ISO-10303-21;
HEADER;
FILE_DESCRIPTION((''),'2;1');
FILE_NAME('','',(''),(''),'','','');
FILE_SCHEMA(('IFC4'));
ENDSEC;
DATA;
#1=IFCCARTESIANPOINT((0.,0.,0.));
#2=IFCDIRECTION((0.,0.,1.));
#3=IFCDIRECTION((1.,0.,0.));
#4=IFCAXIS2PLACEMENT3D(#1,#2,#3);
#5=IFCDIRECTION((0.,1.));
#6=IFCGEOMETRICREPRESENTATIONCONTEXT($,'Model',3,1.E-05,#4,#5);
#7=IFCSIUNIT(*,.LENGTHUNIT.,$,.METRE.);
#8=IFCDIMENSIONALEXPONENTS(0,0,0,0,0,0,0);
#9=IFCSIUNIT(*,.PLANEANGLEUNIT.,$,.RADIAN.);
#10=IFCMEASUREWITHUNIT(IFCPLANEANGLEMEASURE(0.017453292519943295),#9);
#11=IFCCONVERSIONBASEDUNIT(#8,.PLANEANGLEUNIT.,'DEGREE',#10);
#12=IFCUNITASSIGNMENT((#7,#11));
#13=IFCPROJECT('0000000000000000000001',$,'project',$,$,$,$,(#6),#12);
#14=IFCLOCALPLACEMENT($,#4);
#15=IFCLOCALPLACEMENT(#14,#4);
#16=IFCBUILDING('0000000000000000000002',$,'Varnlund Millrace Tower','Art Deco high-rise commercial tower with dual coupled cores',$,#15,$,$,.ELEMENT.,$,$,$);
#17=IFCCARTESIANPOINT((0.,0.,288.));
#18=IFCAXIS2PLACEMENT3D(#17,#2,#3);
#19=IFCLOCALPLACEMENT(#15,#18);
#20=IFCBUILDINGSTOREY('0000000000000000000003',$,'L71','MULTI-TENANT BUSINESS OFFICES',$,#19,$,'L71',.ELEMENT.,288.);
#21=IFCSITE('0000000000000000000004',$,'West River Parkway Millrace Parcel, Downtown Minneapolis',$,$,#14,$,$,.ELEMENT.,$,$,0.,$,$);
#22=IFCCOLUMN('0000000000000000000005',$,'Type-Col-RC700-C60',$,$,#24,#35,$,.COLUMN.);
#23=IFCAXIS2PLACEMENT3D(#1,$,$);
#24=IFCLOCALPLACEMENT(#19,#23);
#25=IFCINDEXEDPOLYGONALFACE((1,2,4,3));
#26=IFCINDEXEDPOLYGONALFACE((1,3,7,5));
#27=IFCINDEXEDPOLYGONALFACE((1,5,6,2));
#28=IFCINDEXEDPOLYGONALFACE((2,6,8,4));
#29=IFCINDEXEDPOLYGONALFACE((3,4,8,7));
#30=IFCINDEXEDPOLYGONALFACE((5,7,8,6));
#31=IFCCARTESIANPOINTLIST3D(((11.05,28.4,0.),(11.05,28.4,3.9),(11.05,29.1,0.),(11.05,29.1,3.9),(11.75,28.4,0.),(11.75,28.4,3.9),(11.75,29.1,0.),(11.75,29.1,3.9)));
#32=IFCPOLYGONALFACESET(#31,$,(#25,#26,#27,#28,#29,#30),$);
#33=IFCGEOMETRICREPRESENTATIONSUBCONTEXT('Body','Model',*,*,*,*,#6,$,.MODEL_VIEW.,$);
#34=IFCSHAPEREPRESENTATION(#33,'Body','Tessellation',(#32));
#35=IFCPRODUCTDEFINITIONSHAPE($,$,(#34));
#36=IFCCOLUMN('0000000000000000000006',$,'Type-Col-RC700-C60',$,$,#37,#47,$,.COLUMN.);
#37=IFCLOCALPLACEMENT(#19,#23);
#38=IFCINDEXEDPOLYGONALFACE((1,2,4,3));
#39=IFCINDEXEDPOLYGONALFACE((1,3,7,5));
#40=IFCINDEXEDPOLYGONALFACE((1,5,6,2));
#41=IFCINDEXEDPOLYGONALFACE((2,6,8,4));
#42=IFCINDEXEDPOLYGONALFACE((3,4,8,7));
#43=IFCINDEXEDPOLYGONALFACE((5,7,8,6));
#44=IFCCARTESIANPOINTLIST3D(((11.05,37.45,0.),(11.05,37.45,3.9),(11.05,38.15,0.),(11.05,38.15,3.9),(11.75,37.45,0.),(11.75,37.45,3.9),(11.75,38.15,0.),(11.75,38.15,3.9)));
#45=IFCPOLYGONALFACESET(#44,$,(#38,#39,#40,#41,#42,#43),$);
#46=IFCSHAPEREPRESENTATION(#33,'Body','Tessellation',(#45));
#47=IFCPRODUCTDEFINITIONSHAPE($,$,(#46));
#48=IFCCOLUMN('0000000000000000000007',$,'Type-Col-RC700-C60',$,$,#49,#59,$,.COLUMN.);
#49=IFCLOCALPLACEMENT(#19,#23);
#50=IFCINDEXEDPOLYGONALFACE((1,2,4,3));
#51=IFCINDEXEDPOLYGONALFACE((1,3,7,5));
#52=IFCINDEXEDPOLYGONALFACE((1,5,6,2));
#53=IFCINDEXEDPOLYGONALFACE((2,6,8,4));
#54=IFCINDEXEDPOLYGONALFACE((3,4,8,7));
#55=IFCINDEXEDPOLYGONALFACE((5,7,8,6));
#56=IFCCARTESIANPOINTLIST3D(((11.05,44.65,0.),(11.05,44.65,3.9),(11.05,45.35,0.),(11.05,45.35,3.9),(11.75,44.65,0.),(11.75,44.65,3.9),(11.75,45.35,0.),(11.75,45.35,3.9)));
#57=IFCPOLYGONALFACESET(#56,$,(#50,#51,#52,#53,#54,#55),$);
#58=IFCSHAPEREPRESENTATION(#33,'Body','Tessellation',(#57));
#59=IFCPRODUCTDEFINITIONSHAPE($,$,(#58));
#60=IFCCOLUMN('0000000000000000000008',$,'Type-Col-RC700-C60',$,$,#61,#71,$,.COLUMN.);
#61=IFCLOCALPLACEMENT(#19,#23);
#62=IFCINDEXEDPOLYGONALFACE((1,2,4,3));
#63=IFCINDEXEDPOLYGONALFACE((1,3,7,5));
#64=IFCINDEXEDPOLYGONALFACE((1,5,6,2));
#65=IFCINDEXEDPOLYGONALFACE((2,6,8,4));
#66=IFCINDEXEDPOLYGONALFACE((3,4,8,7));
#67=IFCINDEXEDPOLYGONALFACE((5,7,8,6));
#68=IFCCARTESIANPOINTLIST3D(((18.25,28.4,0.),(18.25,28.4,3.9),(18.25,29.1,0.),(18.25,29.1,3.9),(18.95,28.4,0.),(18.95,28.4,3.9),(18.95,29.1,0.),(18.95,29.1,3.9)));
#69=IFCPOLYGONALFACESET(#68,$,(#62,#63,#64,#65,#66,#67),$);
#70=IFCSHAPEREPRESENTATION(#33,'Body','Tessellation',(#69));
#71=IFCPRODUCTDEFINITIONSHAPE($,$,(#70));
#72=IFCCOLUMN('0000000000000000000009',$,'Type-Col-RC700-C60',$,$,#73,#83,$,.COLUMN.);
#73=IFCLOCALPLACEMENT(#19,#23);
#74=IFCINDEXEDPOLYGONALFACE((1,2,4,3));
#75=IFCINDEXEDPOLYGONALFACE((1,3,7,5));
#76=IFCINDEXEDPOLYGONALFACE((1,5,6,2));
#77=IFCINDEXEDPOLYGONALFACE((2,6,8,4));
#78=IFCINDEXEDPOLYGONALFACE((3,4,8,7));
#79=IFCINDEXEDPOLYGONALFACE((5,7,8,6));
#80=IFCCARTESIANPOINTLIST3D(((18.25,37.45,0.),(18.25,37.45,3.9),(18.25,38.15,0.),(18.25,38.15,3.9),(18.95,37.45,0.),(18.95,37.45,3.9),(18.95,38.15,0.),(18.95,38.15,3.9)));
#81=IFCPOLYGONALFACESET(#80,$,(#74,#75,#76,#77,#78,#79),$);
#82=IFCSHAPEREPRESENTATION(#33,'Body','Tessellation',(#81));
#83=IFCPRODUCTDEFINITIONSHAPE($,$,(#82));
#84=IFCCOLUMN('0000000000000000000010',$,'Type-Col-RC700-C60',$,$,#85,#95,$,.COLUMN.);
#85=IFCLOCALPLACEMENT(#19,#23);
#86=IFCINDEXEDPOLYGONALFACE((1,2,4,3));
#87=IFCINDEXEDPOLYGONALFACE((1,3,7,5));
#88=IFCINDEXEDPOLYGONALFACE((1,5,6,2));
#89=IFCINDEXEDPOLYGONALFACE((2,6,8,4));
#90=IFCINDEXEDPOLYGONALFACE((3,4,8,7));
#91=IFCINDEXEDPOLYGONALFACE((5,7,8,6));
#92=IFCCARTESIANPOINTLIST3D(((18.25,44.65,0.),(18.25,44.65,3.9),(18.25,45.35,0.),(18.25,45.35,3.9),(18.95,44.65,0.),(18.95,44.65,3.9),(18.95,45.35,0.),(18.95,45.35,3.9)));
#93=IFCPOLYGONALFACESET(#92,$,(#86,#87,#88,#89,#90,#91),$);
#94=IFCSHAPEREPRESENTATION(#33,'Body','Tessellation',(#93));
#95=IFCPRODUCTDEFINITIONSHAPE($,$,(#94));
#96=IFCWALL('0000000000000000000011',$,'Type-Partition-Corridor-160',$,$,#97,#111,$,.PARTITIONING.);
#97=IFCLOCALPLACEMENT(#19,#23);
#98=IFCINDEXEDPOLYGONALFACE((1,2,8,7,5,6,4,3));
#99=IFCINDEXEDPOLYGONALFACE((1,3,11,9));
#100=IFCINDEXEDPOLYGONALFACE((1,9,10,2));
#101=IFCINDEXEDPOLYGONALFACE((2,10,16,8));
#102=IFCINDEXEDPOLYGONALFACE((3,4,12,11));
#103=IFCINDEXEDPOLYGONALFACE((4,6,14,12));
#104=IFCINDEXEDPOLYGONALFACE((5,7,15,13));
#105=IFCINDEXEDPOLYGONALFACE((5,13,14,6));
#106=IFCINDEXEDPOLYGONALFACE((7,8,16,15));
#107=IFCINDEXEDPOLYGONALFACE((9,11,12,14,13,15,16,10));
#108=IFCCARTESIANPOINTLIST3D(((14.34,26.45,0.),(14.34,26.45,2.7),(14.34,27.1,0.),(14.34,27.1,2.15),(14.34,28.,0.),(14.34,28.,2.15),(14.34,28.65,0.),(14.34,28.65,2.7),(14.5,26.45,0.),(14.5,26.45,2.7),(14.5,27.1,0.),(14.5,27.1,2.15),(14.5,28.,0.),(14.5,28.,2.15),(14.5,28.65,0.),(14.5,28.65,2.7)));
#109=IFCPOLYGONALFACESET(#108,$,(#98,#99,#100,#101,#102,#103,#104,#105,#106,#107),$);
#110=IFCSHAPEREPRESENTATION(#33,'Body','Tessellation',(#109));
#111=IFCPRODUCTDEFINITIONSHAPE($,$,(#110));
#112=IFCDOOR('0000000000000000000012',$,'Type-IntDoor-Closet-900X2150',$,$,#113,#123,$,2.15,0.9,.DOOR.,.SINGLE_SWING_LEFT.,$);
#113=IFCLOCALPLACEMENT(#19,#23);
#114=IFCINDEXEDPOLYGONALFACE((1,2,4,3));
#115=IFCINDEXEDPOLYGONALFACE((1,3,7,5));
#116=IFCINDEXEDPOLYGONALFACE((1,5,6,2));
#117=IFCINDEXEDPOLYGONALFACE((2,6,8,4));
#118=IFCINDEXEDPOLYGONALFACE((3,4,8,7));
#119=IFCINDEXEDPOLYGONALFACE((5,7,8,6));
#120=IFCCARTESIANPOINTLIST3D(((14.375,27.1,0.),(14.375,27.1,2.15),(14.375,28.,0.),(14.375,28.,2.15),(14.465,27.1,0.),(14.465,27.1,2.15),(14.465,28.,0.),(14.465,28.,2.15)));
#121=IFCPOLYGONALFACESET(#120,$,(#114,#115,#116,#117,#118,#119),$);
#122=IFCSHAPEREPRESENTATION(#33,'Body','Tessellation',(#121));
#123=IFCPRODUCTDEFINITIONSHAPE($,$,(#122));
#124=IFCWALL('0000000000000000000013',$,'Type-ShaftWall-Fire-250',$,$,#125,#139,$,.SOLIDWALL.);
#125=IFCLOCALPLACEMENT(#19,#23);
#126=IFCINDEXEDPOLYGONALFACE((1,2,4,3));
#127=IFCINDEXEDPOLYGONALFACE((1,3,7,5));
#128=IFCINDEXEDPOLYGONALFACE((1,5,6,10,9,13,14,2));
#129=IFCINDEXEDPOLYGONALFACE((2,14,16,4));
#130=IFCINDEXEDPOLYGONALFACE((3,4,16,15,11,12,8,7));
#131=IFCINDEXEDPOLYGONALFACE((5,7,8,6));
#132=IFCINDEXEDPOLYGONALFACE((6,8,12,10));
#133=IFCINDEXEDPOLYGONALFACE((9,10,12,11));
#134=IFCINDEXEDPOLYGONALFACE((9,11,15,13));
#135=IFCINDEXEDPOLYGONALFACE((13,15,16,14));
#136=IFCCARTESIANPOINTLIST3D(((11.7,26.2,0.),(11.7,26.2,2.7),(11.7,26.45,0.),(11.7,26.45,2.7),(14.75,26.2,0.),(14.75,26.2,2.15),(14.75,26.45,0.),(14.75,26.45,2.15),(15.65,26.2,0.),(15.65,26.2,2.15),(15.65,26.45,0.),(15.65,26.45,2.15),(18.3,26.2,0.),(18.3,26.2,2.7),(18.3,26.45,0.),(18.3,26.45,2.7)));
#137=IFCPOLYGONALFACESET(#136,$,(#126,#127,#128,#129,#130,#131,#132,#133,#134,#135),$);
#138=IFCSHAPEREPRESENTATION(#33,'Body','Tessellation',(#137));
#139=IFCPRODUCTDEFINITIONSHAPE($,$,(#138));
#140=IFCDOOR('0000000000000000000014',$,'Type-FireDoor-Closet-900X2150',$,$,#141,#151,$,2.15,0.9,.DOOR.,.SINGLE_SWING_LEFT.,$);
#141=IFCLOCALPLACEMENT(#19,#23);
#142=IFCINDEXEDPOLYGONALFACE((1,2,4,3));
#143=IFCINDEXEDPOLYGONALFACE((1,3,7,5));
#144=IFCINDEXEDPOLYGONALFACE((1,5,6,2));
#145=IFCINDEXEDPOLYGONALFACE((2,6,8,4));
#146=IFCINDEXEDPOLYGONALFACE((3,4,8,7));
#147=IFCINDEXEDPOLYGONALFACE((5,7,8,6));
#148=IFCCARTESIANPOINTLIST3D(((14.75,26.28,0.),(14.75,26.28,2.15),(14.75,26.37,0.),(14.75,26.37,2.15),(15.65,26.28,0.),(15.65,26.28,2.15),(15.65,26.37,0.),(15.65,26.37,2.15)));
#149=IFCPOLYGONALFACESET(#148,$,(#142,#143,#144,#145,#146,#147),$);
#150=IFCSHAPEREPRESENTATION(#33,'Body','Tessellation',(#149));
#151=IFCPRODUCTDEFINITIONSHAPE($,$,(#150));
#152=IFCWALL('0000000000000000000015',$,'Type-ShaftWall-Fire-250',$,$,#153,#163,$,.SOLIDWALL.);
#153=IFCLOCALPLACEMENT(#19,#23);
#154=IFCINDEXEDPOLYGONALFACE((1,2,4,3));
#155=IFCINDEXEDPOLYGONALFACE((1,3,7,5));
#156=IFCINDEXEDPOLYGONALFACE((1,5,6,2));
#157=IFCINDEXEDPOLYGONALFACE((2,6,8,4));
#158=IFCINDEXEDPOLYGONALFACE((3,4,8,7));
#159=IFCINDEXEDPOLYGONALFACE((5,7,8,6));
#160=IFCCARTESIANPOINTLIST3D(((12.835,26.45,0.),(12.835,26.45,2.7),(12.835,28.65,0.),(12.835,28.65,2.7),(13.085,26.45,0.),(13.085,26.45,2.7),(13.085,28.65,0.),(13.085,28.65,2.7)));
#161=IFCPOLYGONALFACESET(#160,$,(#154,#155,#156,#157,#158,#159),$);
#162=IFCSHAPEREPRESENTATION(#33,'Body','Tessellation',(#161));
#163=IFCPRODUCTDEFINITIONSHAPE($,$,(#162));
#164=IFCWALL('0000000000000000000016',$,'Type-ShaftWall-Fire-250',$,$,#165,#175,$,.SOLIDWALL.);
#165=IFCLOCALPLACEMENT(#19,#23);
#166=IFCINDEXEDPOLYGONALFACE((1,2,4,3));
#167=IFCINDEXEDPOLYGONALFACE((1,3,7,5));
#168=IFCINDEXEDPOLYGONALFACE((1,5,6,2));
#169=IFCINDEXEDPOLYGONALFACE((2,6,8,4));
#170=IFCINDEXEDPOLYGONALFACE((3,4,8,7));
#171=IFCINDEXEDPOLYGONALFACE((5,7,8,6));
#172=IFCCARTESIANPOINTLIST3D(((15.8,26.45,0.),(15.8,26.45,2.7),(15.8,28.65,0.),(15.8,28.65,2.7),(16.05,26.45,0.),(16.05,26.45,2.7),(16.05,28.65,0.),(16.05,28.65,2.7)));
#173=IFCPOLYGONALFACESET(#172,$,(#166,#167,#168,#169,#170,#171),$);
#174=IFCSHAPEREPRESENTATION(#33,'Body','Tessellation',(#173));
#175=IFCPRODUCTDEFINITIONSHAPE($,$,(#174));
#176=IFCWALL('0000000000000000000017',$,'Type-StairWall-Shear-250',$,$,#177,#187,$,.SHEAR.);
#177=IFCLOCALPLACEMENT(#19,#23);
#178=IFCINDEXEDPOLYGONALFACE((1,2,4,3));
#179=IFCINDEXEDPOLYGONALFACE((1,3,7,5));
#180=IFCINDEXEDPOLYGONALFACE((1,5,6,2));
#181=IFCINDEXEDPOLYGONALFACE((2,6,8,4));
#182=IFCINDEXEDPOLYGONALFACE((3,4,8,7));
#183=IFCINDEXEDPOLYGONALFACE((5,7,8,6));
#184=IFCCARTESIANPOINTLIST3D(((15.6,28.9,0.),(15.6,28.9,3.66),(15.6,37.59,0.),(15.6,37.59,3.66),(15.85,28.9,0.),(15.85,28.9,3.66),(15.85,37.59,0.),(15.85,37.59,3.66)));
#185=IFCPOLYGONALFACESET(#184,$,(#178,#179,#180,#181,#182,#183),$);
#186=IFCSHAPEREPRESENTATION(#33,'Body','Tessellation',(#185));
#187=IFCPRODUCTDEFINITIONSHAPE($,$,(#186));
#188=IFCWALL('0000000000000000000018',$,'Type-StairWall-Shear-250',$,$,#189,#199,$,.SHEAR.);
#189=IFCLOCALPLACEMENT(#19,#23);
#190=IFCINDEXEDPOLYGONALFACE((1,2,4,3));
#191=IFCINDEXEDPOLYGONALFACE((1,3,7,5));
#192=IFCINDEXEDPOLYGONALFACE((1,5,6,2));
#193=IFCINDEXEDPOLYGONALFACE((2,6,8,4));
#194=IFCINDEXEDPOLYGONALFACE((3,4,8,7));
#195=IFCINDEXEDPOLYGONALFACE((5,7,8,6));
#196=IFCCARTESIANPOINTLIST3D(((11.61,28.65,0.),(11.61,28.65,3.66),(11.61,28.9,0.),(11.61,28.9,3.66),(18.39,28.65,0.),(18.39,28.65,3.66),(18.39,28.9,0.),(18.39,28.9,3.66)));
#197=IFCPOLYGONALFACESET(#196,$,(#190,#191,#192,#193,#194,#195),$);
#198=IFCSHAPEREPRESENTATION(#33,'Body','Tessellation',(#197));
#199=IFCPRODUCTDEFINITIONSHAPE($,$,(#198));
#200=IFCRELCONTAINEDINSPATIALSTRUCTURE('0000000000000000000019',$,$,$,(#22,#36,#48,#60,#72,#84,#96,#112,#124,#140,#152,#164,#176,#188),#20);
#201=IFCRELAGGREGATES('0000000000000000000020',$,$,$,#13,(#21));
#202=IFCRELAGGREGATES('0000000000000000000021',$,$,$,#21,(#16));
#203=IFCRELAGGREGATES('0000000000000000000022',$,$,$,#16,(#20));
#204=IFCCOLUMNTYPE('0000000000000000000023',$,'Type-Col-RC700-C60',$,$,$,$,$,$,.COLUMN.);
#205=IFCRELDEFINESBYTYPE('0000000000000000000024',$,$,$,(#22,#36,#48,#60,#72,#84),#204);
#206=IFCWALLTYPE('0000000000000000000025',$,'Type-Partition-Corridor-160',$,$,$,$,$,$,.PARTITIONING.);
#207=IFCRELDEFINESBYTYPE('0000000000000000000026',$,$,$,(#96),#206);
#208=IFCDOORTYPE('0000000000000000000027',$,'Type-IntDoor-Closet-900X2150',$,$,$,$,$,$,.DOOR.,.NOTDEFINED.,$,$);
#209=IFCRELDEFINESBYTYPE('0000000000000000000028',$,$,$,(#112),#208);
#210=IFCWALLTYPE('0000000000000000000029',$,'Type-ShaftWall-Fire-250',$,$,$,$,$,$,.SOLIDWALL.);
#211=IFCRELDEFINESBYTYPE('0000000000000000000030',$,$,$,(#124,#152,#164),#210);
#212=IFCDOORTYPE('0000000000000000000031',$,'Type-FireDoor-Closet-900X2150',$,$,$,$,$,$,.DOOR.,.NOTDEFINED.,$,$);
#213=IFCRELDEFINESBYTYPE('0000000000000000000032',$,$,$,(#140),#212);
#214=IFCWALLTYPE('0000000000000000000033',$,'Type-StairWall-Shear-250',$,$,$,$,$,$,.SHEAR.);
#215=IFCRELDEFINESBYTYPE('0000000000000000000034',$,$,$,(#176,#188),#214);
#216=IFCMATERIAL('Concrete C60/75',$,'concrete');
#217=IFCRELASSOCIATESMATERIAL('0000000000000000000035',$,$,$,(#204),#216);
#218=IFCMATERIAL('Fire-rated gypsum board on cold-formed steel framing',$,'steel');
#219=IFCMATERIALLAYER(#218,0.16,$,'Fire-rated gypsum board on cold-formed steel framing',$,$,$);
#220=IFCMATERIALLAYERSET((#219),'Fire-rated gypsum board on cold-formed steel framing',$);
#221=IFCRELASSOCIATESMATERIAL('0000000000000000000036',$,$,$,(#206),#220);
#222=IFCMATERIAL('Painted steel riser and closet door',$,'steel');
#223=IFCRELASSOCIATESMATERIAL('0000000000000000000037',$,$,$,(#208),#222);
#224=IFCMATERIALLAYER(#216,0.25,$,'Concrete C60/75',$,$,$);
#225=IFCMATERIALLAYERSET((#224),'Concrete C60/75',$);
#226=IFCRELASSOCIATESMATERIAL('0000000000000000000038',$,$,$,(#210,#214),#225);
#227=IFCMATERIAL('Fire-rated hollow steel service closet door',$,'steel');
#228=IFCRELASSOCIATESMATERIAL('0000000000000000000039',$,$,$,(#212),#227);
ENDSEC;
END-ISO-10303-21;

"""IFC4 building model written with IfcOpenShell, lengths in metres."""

from ifc_helpers import new_model, entity, si_unit, converted_unit, direction, frame, origin_with_axes, origin_2d_with_axis, place, context, subcontext, project, spatial, polyline, rectangle, outline, extrude, material, layer, layer_set, material_profile, profile_set, type_object, element, fill, save


model = new_model("IFC4")

# Units and contexts
model_context = context("Model", 3, precision=1e-05, world=origin_with_axes(), true_north=direction((0.0, 1.0)))
body_context = subcontext(model_context, "Body", "Model", "MODEL_VIEW")
ifc_project = project(units=[si_unit("LENGTHUNIT", "METRE"), converted_unit("PLANEANGLEUNIT", "DEGREE", entity("IfcPlaneAngleMeasure", 0.017453292519943295), si_unit("PLANEANGLEUNIT", "RADIAN"), dimensions=[0, 0, 0, 0, 0, 0, 0])], contexts=[model_context])

# Site, building, storey
site_placement = place(None, origin_with_axes())
site = spatial("IfcSite", under=ifc_project, at=site_placement, Name="West River Parkway Millrace Parcel, Downtown Minneapolis", CompositionType="ELEMENT", RefElevation=0.0)
building_placement = place(site_placement, origin_with_axes())
building = spatial("IfcBuilding", under=site, at=building_placement, Name="Varnlund Millrace Tower", Description="Art Deco high-rise commercial tower with dual coupled cores", CompositionType="ELEMENT")
storey_placement = place(building_placement, frame((0.0, 0.0, 288.0), z_axis=(0.0, 0.0, 1.0), x_axis=(1.0, 0.0, 0.0)))
storey = spatial("IfcBuildingStorey", under=building, at=storey_placement, Name="L71", Description="MULTI-TENANT BUSINESS OFFICES", LongName="L71", CompositionType="ELEMENT", Elevation=288.0)

# Columns
ifc_material_1 = material(Name="Concrete C60/75", Category="concrete")
ifc_material_profile = material_profile(ifc_material_1, rectangle(XDim=0.7, YDim=0.7, at=origin_2d_with_axis()), Name="Concrete C60/75")
ifc_profile_set = profile_set([ifc_material_profile], Name="Concrete C60/75")
column_type = type_object("IfcColumnType", Name="Type-Col-RC700-C60", PredefinedType="COLUMN", material=ifc_profile_set)
for number, where, z_axis, x_axis, name in (
    (1, (11.4, 28.75, 0.0), (0.0, 0.0, 1.0), (1.0, 0.0, 0.0), "Type-Col-RC700-C60"),
    (2, (11.4, 37.8, 0.0), (0.0, 0.0, 1.0), (1.0, 0.0, 0.0), "Type-Col-RC700-C60"),
    (3, (11.4, 45.0, 0.0), (0.0, 0.0, 1.0), (1.0, 0.0, 0.0), "Type-Col-RC700-C60"),
    (4, (18.6, 28.75, 0.0), (0.0, 0.0, 1.0), (1.0, 0.0, 0.0), "Type-Col-RC700-C60"),
    (5, (18.6, 37.8, 0.0), (0.0, 0.0, 1.0), (1.0, 0.0, 0.0), "Type-Col-RC700-C60"),
    (6, (18.6, 45.0, 0.0), (0.0, 0.0, 1.0), (1.0, 0.0, 0.0), "Type-Col-RC700-C60"),
):
    element("IfcColumn", number, at=place(storey_placement, frame(where, z_axis=z_axis, x_axis=x_axis)), inside=storey, type_object=column_type, Name=name, PredefinedType="COLUMN", context=body_context, shape_type="SweptSolid", body=[
        extrude(rectangle(XDim=0.7, YDim=0.7, at=origin_2d_with_axis()), origin_with_axes(), (0.0, 0.0, 1.0), 3.9),
    ])

# Walls, openings, doors
ifc_material_2 = material(Name="Fire-rated gypsum board on cold-formed steel framing", Category="steel")
ifc_layer_1 = layer(ifc_material_2, 0.16, Name="Fire-rated gypsum board on cold-formed steel framing")
ifc_layer_set_1 = layer_set([ifc_layer_1], Name="Fire-rated gypsum board on cold-formed steel framing")
wall_type_1 = type_object("IfcWallType", Name="Type-Partition-Corridor-160", PredefinedType="PARTITIONING", material=ifc_layer_set_1)
wall_1_placement = place(storey_placement, frame((14.42, 26.45, 0.0), z_axis=(0.0, 0.0, 1.0), x_axis=(0.0, 1.0, 0.0)))
wall_1 = element("IfcWall", 7, at=wall_1_placement, inside=storey, type_object=wall_type_1, Name="Type-Partition-Corridor-160", PredefinedType="PARTITIONING", context=body_context, shape_type="SweptSolid", body=[
    extrude(outline(polyline([(0.0, -0.08), (2.2, -0.08), (2.2, 0.08), (0.0, 0.08), (0.0, -0.08)])), origin_with_axes(), (0.0, 0.0, 1.0), 2.7),
])
opening_1_placement = place(wall_1_placement, frame((1.1, 0.0, 0.0), z_axis=(0.0, 0.0, 1.0), x_axis=(1.0, 0.0, 0.0)))
opening_1 = element("IfcOpeningElement", 8, at=opening_1_placement, cuts=wall_1, PredefinedType="OPENING", context=body_context, shape_type="SweptSolid", body=[
    extrude(rectangle(XDim=0.9, YDim=0.18, at=origin_2d_with_axis()), origin_with_axes(), (0.0, 0.0, 1.0), 2.15),
])
ifc_material_3 = material(Name="Painted steel riser and closet door", Category="steel")
door_type_1 = type_object("IfcDoorType", Name="Type-IntDoor-Closet-900X2150", OperationType="NOTDEFINED", PredefinedType="DOOR", material=ifc_material_3)
door_1_placement = place(wall_1_placement, frame((1.1, 0.0, 0.0), z_axis=(0.0, 0.0, 1.0), x_axis=(1.0, 0.0, 0.0)))
door_1 = element("IfcDoor", 9, at=door_1_placement, inside=storey, type_object=door_type_1, Name="Type-IntDoor-Closet-900X2150", OperationType="SINGLE_SWING_LEFT", OverallHeight=2.15, OverallWidth=0.9, PredefinedType="DOOR", context=body_context, shape_type="SweptSolid", body=[
    extrude(rectangle(XDim=0.9, YDim=0.09, at=origin_2d_with_axis()), origin_with_axes(), (0.0, 0.0, 1.0), 2.15),
])
fill(opening_1, door_1)
ifc_layer_2 = layer(ifc_material_1, 0.25, Name="Concrete C60/75")
ifc_layer_set_2 = layer_set([ifc_layer_2], Name="Concrete C60/75")
wall_type_2 = type_object("IfcWallType", Name="Type-ShaftWall-Fire-250", PredefinedType="SOLIDWALL", material=ifc_layer_set_2)
wall_2_placement = place(storey_placement, frame((11.7, 26.325, 0.0), z_axis=(0.0, 0.0, 1.0), x_axis=(1.0, 0.0, 0.0)))
wall_2 = element("IfcWall", 10, at=wall_2_placement, inside=storey, type_object=wall_type_2, Name="Type-ShaftWall-Fire-250", PredefinedType="SOLIDWALL", context=body_context, shape_type="SweptSolid", body=[
    extrude(outline(polyline([(0.0, -0.125), (6.6, -0.125), (6.6, 0.125), (0.0, 0.125), (0.0, -0.125)])), origin_with_axes(), (0.0, 0.0, 1.0), 2.7),
])
opening_2_placement = place(wall_2_placement, frame((3.5, 0.0, 0.0), z_axis=(0.0, 0.0, 1.0), x_axis=(1.0, 0.0, 0.0)))
opening_2 = element("IfcOpeningElement", 11, at=opening_2_placement, cuts=wall_2, PredefinedType="OPENING", context=body_context, shape_type="SweptSolid", body=[
    extrude(rectangle(XDim=0.9, YDim=0.27, at=origin_2d_with_axis()), origin_with_axes(), (0.0, 0.0, 1.0), 2.15),
])
ifc_material_4 = material(Name="Fire-rated hollow steel service closet door", Category="steel")
door_type_2 = type_object("IfcDoorType", Name="Type-FireDoor-Closet-900X2150", OperationType="NOTDEFINED", PredefinedType="DOOR", material=ifc_material_4)
door_2_placement = place(wall_2_placement, frame((3.5, 0.0, 0.0), z_axis=(0.0, 0.0, 1.0), x_axis=(1.0, 0.0, 0.0)))
door_2 = element("IfcDoor", 12, at=door_2_placement, inside=storey, type_object=door_type_2, Name="Type-FireDoor-Closet-900X2150", OperationType="SINGLE_SWING_LEFT", OverallHeight=2.15, OverallWidth=0.9, PredefinedType="DOOR", context=body_context, shape_type="SweptSolid", body=[
    extrude(rectangle(XDim=0.9, YDim=0.09, at=origin_2d_with_axis()), origin_with_axes(), (0.0, 0.0, 1.0), 2.15),
])
fill(opening_2, door_2)

# Walls
for number, where, z_axis, x_axis, name in (
    (13, (12.96, 26.45, 0.0), (0.0, 0.0, 1.0), (0.0, 1.0, 0.0), "Type-ShaftWall-Fire-250"),
    (14, (15.925, 26.45, 0.0), (0.0, 0.0, 1.0), (0.0, 1.0, 0.0), "Type-ShaftWall-Fire-250"),
):
    element("IfcWall", number, at=place(storey_placement, frame(where, z_axis=z_axis, x_axis=x_axis)), inside=storey, type_object=wall_type_2, Name=name, PredefinedType="SOLIDWALL", context=body_context, shape_type="SweptSolid", body=[
        extrude(outline(polyline([(0.0, -0.125), (2.2, -0.125), (2.2, 0.125), (0.0, 0.125), (0.0, -0.125)])), origin_with_axes(), (0.0, 0.0, 1.0), 2.7),
    ])
wall_type_3 = type_object("IfcWallType", Name="Type-StairWall-Shear-250", PredefinedType="SHEAR", material=ifc_layer_set_2)
wall_3_placement = place(storey_placement, frame((15.725, 28.9, 0.0), z_axis=(0.0, 0.0, 1.0), x_axis=(0.0, 1.0, 0.0)))
element("IfcWall", 15, at=wall_3_placement, inside=storey, type_object=wall_type_3, Name="Type-StairWall-Shear-250", PredefinedType="SHEAR", context=body_context, shape_type="SweptSolid", body=[
    extrude(outline(polyline([(0.0, -0.125), (8.69, -0.125), (8.69, 0.125), (0.0, 0.125), (0.0, -0.125)])), origin_with_axes(), (0.0, 0.0, 1.0), 3.66),
])
wall_4_placement = place(storey_placement, frame((11.61, 28.775, 0.0), z_axis=(0.0, 0.0, 1.0), x_axis=(1.0, 0.0, 0.0)))
element("IfcWall", 16, at=wall_4_placement, inside=storey, type_object=wall_type_3, Name="Type-StairWall-Shear-250", PredefinedType="SHEAR", context=body_context, shape_type="SweptSolid", body=[
    extrude(outline(polyline([(0.0, -0.125), (6.78, -0.125), (6.78, 0.125), (0.0, 0.125), (0.0, -0.125)])), origin_with_axes(), (0.0, 0.0, 1.0), 3.66),
])

save(model, "model.ifc")
